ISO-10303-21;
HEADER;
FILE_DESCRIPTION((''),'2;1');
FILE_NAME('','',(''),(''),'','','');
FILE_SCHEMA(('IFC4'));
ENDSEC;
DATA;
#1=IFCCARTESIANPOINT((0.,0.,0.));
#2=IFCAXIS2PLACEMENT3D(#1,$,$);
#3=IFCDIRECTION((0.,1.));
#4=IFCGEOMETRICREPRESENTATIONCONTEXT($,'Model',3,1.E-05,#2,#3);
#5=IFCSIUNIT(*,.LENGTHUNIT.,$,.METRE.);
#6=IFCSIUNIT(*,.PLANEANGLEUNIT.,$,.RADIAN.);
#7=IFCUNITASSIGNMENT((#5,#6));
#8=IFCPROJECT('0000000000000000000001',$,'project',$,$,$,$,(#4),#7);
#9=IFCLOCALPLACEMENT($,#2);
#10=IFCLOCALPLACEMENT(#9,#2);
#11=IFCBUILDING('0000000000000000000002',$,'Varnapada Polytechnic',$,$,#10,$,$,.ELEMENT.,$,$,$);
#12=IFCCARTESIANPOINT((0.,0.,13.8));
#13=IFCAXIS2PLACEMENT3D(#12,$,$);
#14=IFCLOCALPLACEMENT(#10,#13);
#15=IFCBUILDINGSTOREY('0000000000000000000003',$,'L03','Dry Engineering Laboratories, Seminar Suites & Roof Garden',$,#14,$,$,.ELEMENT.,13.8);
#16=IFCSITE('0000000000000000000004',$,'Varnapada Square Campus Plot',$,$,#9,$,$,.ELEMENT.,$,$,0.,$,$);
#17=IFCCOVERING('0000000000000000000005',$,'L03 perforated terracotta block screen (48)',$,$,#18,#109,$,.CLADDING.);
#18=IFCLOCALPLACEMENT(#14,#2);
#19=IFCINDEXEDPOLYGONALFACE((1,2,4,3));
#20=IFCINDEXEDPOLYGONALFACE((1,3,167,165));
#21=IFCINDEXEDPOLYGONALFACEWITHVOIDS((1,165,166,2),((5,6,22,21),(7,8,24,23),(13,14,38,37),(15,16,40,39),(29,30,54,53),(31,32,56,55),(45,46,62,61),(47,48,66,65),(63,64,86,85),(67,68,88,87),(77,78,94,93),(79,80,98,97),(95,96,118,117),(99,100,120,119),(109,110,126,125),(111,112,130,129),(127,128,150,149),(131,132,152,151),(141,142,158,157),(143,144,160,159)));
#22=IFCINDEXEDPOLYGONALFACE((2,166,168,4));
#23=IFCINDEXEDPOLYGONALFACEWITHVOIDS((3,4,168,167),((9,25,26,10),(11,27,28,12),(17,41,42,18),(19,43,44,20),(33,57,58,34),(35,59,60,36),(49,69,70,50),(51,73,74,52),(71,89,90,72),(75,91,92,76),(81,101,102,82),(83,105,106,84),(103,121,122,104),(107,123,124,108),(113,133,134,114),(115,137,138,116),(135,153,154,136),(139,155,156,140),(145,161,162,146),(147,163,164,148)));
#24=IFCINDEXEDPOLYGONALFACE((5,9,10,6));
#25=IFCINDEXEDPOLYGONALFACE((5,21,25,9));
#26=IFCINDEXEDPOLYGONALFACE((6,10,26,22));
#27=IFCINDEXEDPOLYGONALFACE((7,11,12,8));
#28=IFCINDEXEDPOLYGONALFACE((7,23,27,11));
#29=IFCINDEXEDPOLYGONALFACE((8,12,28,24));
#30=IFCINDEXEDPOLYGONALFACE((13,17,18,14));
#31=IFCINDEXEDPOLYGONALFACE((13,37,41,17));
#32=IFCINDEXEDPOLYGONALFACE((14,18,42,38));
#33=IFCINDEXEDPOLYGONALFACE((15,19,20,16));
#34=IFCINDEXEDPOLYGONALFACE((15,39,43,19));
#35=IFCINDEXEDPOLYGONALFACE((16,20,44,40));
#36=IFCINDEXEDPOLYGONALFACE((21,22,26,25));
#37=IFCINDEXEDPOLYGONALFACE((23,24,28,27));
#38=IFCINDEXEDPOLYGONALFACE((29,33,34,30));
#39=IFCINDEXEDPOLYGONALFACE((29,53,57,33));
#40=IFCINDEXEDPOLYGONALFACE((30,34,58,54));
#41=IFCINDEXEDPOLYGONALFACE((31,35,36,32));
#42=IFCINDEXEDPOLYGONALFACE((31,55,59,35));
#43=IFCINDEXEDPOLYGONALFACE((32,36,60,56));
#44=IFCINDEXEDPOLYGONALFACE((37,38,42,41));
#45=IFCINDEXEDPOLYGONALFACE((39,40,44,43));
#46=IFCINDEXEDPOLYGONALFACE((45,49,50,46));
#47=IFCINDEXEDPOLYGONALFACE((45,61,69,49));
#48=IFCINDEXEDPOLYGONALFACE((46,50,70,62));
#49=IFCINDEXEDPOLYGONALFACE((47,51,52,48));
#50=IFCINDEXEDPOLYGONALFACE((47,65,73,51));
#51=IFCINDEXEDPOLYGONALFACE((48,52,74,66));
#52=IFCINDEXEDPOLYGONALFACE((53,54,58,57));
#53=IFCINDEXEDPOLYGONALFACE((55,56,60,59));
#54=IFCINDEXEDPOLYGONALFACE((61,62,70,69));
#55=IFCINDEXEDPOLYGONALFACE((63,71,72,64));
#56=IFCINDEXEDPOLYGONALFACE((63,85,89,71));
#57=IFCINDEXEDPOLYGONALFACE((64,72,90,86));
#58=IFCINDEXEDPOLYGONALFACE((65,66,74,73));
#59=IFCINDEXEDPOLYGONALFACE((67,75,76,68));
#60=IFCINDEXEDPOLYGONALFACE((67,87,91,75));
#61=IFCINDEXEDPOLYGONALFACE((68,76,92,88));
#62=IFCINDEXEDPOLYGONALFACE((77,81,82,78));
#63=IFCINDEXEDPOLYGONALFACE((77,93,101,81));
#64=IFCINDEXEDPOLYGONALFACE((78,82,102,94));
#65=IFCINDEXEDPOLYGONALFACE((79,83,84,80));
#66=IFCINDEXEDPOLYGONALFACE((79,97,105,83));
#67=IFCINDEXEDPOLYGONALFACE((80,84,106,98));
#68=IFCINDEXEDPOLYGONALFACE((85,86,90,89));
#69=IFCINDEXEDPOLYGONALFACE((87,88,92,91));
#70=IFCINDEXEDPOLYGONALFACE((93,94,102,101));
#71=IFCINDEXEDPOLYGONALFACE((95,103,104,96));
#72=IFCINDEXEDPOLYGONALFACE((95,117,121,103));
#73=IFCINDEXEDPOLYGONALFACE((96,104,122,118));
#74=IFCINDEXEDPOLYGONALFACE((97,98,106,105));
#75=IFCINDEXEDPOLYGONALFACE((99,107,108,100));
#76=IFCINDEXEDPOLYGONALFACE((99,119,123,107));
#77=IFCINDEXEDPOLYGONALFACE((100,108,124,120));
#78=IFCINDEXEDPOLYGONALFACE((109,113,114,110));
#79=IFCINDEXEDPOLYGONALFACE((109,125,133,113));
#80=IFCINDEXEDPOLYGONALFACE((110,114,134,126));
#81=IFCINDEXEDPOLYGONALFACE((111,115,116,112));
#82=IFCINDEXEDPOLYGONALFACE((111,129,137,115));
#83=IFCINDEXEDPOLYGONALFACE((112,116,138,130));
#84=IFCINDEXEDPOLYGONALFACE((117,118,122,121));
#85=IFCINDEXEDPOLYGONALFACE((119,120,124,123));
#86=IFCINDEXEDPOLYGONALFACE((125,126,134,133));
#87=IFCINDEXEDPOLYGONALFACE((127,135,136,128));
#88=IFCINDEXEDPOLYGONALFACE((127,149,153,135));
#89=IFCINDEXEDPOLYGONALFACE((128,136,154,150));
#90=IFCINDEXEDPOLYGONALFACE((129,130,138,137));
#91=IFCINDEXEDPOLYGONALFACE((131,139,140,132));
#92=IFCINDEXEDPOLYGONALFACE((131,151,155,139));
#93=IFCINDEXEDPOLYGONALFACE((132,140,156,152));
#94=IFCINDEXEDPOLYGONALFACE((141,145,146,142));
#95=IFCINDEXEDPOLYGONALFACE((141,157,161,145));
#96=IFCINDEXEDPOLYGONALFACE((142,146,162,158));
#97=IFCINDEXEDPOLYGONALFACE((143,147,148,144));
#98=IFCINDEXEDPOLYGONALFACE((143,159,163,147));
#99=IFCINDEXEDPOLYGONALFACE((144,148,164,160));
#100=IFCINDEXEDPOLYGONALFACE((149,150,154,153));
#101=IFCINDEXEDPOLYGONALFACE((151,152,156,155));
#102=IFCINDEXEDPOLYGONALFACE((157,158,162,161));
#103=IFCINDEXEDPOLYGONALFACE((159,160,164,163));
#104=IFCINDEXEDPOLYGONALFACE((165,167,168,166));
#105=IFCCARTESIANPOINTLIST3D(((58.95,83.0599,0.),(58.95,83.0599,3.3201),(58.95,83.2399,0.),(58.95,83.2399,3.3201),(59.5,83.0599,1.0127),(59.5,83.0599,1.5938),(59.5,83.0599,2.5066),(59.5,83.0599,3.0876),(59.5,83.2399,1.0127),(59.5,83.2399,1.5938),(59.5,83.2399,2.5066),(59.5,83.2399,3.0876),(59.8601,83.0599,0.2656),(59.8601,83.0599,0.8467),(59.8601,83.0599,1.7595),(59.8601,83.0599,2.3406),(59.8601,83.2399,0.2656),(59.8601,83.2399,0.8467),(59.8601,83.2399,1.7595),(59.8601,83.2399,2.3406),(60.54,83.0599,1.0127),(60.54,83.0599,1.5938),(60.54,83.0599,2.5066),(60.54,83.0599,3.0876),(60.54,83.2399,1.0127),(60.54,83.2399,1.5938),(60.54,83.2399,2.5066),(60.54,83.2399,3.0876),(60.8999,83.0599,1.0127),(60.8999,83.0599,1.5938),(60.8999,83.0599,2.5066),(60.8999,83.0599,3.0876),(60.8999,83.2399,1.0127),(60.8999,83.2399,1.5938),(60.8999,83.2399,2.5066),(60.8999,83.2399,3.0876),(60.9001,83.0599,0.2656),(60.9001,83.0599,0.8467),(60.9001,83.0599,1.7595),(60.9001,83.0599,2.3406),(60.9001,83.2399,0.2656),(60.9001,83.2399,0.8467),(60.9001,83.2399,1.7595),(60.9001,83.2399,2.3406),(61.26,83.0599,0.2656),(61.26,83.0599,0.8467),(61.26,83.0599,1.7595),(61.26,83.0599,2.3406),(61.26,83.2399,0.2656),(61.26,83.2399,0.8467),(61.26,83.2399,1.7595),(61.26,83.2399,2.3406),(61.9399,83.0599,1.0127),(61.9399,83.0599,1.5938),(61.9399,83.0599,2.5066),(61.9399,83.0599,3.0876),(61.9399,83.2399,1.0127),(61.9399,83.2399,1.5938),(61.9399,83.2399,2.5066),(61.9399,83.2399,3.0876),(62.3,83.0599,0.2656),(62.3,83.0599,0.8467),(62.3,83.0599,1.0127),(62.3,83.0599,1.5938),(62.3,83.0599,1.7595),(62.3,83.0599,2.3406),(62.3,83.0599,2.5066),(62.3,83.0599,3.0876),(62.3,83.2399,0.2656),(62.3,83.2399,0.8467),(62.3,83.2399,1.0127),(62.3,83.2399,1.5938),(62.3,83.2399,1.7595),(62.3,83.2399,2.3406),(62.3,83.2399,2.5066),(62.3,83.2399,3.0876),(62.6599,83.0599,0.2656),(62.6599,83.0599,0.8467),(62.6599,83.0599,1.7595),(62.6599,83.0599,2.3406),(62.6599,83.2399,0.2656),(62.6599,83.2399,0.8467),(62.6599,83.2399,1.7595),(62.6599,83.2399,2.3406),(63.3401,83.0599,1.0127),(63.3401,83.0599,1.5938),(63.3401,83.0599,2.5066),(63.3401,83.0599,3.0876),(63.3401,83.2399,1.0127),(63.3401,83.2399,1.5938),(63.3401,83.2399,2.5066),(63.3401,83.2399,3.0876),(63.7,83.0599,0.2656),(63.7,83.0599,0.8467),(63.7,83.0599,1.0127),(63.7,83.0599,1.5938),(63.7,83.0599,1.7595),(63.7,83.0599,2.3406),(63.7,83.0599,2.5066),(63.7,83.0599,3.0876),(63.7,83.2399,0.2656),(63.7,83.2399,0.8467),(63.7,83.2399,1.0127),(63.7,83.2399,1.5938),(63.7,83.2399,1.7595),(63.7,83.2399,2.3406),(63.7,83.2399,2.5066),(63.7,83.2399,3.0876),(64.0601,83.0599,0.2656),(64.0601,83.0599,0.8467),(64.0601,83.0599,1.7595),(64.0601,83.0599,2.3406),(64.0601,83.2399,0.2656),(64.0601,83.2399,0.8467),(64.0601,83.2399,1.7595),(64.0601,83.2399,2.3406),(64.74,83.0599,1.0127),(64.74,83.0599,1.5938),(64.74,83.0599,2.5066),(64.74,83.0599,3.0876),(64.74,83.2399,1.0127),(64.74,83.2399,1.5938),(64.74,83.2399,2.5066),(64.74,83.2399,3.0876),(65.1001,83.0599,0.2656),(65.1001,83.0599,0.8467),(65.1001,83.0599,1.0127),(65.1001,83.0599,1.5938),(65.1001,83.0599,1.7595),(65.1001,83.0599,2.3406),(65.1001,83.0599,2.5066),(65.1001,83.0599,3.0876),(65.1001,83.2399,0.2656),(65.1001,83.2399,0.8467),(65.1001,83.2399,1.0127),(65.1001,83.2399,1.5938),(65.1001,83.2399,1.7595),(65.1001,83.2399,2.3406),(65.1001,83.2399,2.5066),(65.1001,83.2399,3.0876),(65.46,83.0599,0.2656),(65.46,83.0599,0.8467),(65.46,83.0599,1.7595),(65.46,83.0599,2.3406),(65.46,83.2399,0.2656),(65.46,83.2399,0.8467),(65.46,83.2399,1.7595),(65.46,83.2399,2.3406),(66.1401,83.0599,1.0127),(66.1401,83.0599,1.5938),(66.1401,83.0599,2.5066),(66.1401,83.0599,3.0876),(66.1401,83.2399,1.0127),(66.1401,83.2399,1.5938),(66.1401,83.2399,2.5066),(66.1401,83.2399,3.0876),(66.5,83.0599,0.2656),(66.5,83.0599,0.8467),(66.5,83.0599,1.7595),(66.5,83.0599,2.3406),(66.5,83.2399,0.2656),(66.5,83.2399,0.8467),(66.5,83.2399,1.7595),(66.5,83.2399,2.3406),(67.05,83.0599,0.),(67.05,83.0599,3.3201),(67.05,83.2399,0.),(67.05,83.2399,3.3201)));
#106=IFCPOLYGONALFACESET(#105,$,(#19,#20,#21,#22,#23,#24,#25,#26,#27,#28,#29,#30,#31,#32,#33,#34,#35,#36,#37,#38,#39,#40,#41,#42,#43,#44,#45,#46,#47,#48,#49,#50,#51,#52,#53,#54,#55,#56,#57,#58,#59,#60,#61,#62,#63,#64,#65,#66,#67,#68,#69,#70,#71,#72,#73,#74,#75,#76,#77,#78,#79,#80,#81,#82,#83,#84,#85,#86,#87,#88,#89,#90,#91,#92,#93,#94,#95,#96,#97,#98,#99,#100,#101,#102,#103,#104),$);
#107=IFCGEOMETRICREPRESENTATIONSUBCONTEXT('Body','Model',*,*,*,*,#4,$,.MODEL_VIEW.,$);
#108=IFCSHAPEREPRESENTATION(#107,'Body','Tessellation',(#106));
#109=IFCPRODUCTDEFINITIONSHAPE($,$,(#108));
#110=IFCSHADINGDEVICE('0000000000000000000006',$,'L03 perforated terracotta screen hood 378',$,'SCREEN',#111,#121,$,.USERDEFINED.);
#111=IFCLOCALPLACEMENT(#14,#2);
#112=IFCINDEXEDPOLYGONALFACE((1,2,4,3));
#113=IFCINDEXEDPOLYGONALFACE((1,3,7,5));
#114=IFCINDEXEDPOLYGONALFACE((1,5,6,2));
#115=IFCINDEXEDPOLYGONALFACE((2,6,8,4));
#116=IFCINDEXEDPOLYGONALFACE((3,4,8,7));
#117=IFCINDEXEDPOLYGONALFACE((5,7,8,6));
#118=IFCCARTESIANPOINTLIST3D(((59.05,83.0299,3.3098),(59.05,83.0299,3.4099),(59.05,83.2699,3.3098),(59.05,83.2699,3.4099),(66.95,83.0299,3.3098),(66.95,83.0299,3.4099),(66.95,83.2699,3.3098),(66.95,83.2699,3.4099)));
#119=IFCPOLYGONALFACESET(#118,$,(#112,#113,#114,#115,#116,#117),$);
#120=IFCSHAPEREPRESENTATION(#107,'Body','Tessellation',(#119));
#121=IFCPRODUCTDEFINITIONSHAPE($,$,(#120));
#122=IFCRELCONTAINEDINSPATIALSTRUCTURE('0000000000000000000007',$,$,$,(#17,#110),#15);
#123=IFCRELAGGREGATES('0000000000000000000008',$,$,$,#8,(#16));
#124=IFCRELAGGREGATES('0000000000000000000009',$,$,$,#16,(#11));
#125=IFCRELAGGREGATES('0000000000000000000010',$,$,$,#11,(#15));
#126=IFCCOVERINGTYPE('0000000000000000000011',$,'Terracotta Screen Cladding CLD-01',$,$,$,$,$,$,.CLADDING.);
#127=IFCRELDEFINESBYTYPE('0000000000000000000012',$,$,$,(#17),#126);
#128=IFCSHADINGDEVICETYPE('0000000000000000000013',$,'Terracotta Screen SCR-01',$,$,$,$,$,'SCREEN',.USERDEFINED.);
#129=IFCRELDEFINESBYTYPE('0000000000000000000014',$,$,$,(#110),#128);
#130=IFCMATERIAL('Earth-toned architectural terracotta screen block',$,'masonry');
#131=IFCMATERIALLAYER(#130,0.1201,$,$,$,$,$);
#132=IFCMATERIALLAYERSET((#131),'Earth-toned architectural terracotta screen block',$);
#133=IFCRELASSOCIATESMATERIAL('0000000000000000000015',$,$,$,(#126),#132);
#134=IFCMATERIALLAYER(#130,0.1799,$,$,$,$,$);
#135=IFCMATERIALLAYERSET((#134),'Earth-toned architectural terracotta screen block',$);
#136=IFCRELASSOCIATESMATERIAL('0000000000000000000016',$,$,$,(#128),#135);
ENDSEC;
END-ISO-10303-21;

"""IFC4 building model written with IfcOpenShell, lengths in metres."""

from ifc_helpers import new_model, si_unit, direction, frame, frame_2d, origin, origin_2d, place, context, subcontext, project, spatial, rectangle, extrude, material, layer, layer_set, type_object, element, save


model = new_model("IFC4")

# Units and contexts
model_context = context("Model", 3, precision=1e-05, world=origin(), true_north=direction((0.0, 1.0)))
body_context = subcontext(model_context, "Body", "Model", "MODEL_VIEW")
ifc_project = project(units=[si_unit("LENGTHUNIT", "METRE"), si_unit("PLANEANGLEUNIT", "RADIAN")], contexts=[model_context])

# Site, building, storey
site_placement = place(None, origin())
site = spatial("IfcSite", under=ifc_project, at=site_placement, Name="Varnapada Square Campus Plot", CompositionType="ELEMENT", RefElevation=0.0)
building_placement = place(site_placement, origin())
building = spatial("IfcBuilding", under=site, at=building_placement, Name="Varnapada Polytechnic", CompositionType="ELEMENT")
storey_placement = place(building_placement, frame((0.0, 0.0, 13.8)))
storey = spatial("IfcBuildingStorey", under=building, at=storey_placement, Name="L03", Description="Dry Engineering Laboratories, Seminar Suites & Roof Garden", CompositionType="ELEMENT", Elevation=13.8)

# Covering, openings
ifc_material_1 = material(Name="Earth-toned architectural terracotta screen block", Category="masonry")
ifc_layer_1 = layer(ifc_material_1, 0.1201)
ifc_layer_set_1 = layer_set([ifc_layer_1], Name="Earth-toned architectural terracotta screen block")
covering_type = type_object("IfcCoveringType", Name="Terracotta Screen Cladding CLD-01", PredefinedType="CLADDING", material=ifc_layer_set_1)
covering_placement = place(storey_placement, frame((67.05, 83.1499, 0.0), z_axis=(0.0, 0.0, 1.0), x_axis=(-1.0, 0.0, 0.0)))
covering = element("IfcCovering", 1, at=covering_placement, inside=storey, type_object=covering_type, Name="L03 perforated terracotta block screen (48)", PredefinedType="CLADDING", context=body_context, shape_type="SweptSolid", body=[
    extrude(rectangle(XDim=8.1001, YDim=0.1799, at=frame_2d((4.05, 0.0))), origin(), (0.0, 0.0, 1.0), 3.3201),
])
opening_1_placement = place(covering_placement, frame((0.55, 0.0, 0.2656)))
element("IfcOpeningElement", 2, at=opening_1_placement, cuts=covering, PredefinedType="OPENING", context=body_context, shape_type="SweptSolid", body=[
    extrude(rectangle(XDim=1.04, YDim=0.5811, at=frame_2d((0.52, 0.2905))), frame((0.0, 0.0999, 0.0), z_axis=(0.0, -1.0, 0.0), x_axis=(1.0, 0.0, 0.0)), (0.0, 0.0, 1.0), 0.2),
])
opening_2_placement = place(covering_placement, frame((1.95, 0.0, 0.2656)))
element("IfcOpeningElement", 3, at=opening_2_placement, cuts=covering, PredefinedType="OPENING", context=body_context, shape_type="SweptSolid", body=[
    extrude(rectangle(XDim=1.04, YDim=0.5811, at=frame_2d((0.52, 0.2905))), frame((0.0, 0.0999, 0.0), z_axis=(0.0, -1.0, 0.0), x_axis=(1.0, 0.0, 0.0)), (0.0, 0.0, 1.0), 0.2),
])
opening_3_placement = place(covering_placement, frame((3.3501, 0.0, 0.2656)))
element("IfcOpeningElement", 4, at=opening_3_placement, cuts=covering, PredefinedType="OPENING", context=body_context, shape_type="SweptSolid", body=[
    extrude(rectangle(XDim=1.04, YDim=0.5811, at=frame_2d((0.52, 0.2905))), frame((0.0, 0.0999, 0.0), z_axis=(0.0, -1.0, 0.0), x_axis=(1.0, 0.0, 0.0)), (0.0, 0.0, 1.0), 0.2),
])
opening_4_placement = place(covering_placement, frame((4.75, 0.0, 0.2656)))
element("IfcOpeningElement", 5, at=opening_4_placement, cuts=covering, PredefinedType="OPENING", context=body_context, shape_type="SweptSolid", body=[
    extrude(rectangle(XDim=1.04, YDim=0.5811, at=frame_2d((0.52, 0.2905))), frame((0.0, 0.0999, 0.0), z_axis=(0.0, -1.0, 0.0), x_axis=(1.0, 0.0, 0.0)), (0.0, 0.0, 1.0), 0.2),
])
opening_5_placement = place(covering_placement, frame((6.1499, 0.0, 0.2656)))
element("IfcOpeningElement", 6, at=opening_5_placement, cuts=covering, PredefinedType="OPENING", context=body_context, shape_type="SweptSolid", body=[
    extrude(rectangle(XDim=1.04, YDim=0.5811, at=frame_2d((0.52, 0.2905))), frame((0.0, 0.0999, 0.0), z_axis=(0.0, -1.0, 0.0), x_axis=(1.0, 0.0, 0.0)), (0.0, 0.0, 1.0), 0.2),
])
opening_6_placement = place(covering_placement, frame((0.9099, 0.0, 1.0127)))
element("IfcOpeningElement", 7, at=opening_6_placement, cuts=covering, PredefinedType="OPENING", context=body_context, shape_type="SweptSolid", body=[
    extrude(rectangle(XDim=1.04, YDim=0.5811, at=frame_2d((0.52, 0.2905))), frame((0.0, 0.0999, 0.0), z_axis=(0.0, -1.0, 0.0), x_axis=(1.0, 0.0, 0.0)), (0.0, 0.0, 1.0), 0.2),
])
opening_7_placement = place(covering_placement, frame((2.3101, 0.0, 1.0127)))
element("IfcOpeningElement", 8, at=opening_7_placement, cuts=covering, PredefinedType="OPENING", context=body_context, shape_type="SweptSolid", body=[
    extrude(rectangle(XDim=1.04, YDim=0.5811, at=frame_2d((0.52, 0.2905))), frame((0.0, 0.0999, 0.0), z_axis=(0.0, -1.0, 0.0), x_axis=(1.0, 0.0, 0.0)), (0.0, 0.0, 1.0), 0.2),
])
opening_8_placement = place(covering_placement, frame((3.71, 0.0, 1.0127)))
element("IfcOpeningElement", 9, at=opening_8_placement, cuts=covering, PredefinedType="OPENING", context=body_context, shape_type="SweptSolid", body=[
    extrude(rectangle(XDim=1.04, YDim=0.5811, at=frame_2d((0.52, 0.2905))), frame((0.0, 0.0999, 0.0), z_axis=(0.0, -1.0, 0.0), x_axis=(1.0, 0.0, 0.0)), (0.0, 0.0, 1.0), 0.2),
])
opening_9_placement = place(covering_placement, frame((5.1101, 0.0, 1.0127)))
element("IfcOpeningElement", 10, at=opening_9_placement, cuts=covering, PredefinedType="OPENING", context=body_context, shape_type="SweptSolid", body=[
    extrude(rectangle(XDim=1.04, YDim=0.5811, at=frame_2d((0.52, 0.2905))), frame((0.0, 0.0999, 0.0), z_axis=(0.0, -1.0, 0.0), x_axis=(1.0, 0.0, 0.0)), (0.0, 0.0, 1.0), 0.2),
])
opening_10_placement = place(covering_placement, frame((6.51, 0.0, 1.0127)))
element("IfcOpeningElement", 11, at=opening_10_placement, cuts=covering, PredefinedType="OPENING", context=body_context, shape_type="SweptSolid", body=[
    extrude(rectangle(XDim=1.04, YDim=0.5811, at=frame_2d((0.52, 0.2905))), frame((0.0, 0.0999, 0.0), z_axis=(0.0, -1.0, 0.0), x_axis=(1.0, 0.0, 0.0)), (0.0, 0.0, 1.0), 0.2),
])
opening_11_placement = place(covering_placement, frame((0.55, 0.0, 1.7595)))
element("IfcOpeningElement", 12, at=opening_11_placement, cuts=covering, PredefinedType="OPENING", context=body_context, shape_type="SweptSolid", body=[
    extrude(rectangle(XDim=1.04, YDim=0.5811, at=frame_2d((0.52, 0.2905))), frame((0.0, 0.0999, 0.0), z_axis=(0.0, -1.0, 0.0), x_axis=(1.0, 0.0, 0.0)), (0.0, 0.0, 1.0), 0.2),
])
opening_12_placement = place(covering_placement, frame((1.95, 0.0, 1.7595)))
element("IfcOpeningElement", 13, at=opening_12_placement, cuts=covering, PredefinedType="OPENING", context=body_context, shape_type="SweptSolid", body=[
    extrude(rectangle(XDim=1.04, YDim=0.5811, at=frame_2d((0.52, 0.2905))), frame((0.0, 0.0999, 0.0), z_axis=(0.0, -1.0, 0.0), x_axis=(1.0, 0.0, 0.0)), (0.0, 0.0, 1.0), 0.2),
])
opening_13_placement = place(covering_placement, frame((3.3501, 0.0, 1.7595)))
element("IfcOpeningElement", 14, at=opening_13_placement, cuts=covering, PredefinedType="OPENING", context=body_context, shape_type="SweptSolid", body=[
    extrude(rectangle(XDim=1.04, YDim=0.5811, at=frame_2d((0.52, 0.2905))), frame((0.0, 0.0999, 0.0), z_axis=(0.0, -1.0, 0.0), x_axis=(1.0, 0.0, 0.0)), (0.0, 0.0, 1.0), 0.2),
])
opening_14_placement = place(covering_placement, frame((4.75, 0.0, 1.7595)))
element("IfcOpeningElement", 15, at=opening_14_placement, cuts=covering, PredefinedType="OPENING", context=body_context, shape_type="SweptSolid", body=[
    extrude(rectangle(XDim=1.04, YDim=0.5811, at=frame_2d((0.52, 0.2905))), frame((0.0, 0.0999, 0.0), z_axis=(0.0, -1.0, 0.0), x_axis=(1.0, 0.0, 0.0)), (0.0, 0.0, 1.0), 0.2),
])
opening_15_placement = place(covering_placement, frame((6.1499, 0.0, 1.7595)))
element("IfcOpeningElement", 16, at=opening_15_placement, cuts=covering, PredefinedType="OPENING", context=body_context, shape_type="SweptSolid", body=[
    extrude(rectangle(XDim=1.04, YDim=0.5811, at=frame_2d((0.52, 0.2905))), frame((0.0, 0.0999, 0.0), z_axis=(0.0, -1.0, 0.0), x_axis=(1.0, 0.0, 0.0)), (0.0, 0.0, 1.0), 0.2),
])
opening_16_placement = place(covering_placement, frame((0.9099, 0.0, 2.5066)))
element("IfcOpeningElement", 17, at=opening_16_placement, cuts=covering, PredefinedType="OPENING", context=body_context, shape_type="SweptSolid", body=[
    extrude(rectangle(XDim=1.04, YDim=0.5811, at=frame_2d((0.52, 0.2905))), frame((0.0, 0.0999, 0.0), z_axis=(0.0, -1.0, 0.0), x_axis=(1.0, 0.0, 0.0)), (0.0, 0.0, 1.0), 0.2),
])
opening_17_placement = place(covering_placement, frame((2.3101, 0.0, 2.5066)))
element("IfcOpeningElement", 18, at=opening_17_placement, cuts=covering, PredefinedType="OPENING", context=body_context, shape_type="SweptSolid", body=[
    extrude(rectangle(XDim=1.04, YDim=0.5811, at=frame_2d((0.52, 0.2905))), frame((0.0, 0.0999, 0.0), z_axis=(0.0, -1.0, 0.0), x_axis=(1.0, 0.0, 0.0)), (0.0, 0.0, 1.0), 0.2),
])
opening_18_placement = place(covering_placement, frame((3.71, 0.0, 2.5066)))
element("IfcOpeningElement", 19, at=opening_18_placement, cuts=covering, PredefinedType="OPENING", context=body_context, shape_type="SweptSolid", body=[
    extrude(rectangle(XDim=1.04, YDim=0.5811, at=frame_2d((0.52, 0.2905))), frame((0.0, 0.0999, 0.0), z_axis=(0.0, -1.0, 0.0), x_axis=(1.0, 0.0, 0.0)), (0.0, 0.0, 1.0), 0.2),
])
opening_19_placement = place(covering_placement, frame((5.1101, 0.0, 2.5066)))
element("IfcOpeningElement", 20, at=opening_19_placement, cuts=covering, PredefinedType="OPENING", context=body_context, shape_type="SweptSolid", body=[
    extrude(rectangle(XDim=1.04, YDim=0.5811, at=frame_2d((0.52, 0.2905))), frame((0.0, 0.0999, 0.0), z_axis=(0.0, -1.0, 0.0), x_axis=(1.0, 0.0, 0.0)), (0.0, 0.0, 1.0), 0.2),
])
opening_20_placement = place(covering_placement, frame((6.51, 0.0, 2.5066)))
element("IfcOpeningElement", 21, at=opening_20_placement, cuts=covering, PredefinedType="OPENING", context=body_context, shape_type="SweptSolid", body=[
    extrude(rectangle(XDim=1.04, YDim=0.5811, at=frame_2d((0.52, 0.2905))), frame((0.0, 0.0999, 0.0), z_axis=(0.0, -1.0, 0.0), x_axis=(1.0, 0.0, 0.0)), (0.0, 0.0, 1.0), 0.2),
])

# Shading device
ifc_layer_2 = layer(ifc_material_1, 0.1799)
ifc_layer_set_2 = layer_set([ifc_layer_2], Name="Earth-toned architectural terracotta screen block")
shading_device_type = type_object("IfcShadingDeviceType", Name="Terracotta Screen SCR-01", ElementType="SCREEN", PredefinedType="USERDEFINED", material=ifc_layer_set_2)
shading_device_placement = place(storey_placement, frame((63.0, 83.1499, 3.3098), z_axis=(0.0, 0.0, 1.0), x_axis=(-1.0, 0.0, 0.0)))
element("IfcShadingDevice", 22, at=shading_device_placement, inside=storey, type_object=shading_device_type, Name="L03 perforated terracotta screen hood 378", ObjectType="SCREEN", PredefinedType="USERDEFINED", context=body_context, shape_type="SweptSolid", body=[
    extrude(rectangle(XDim=7.8999, YDim=0.24, at=origin_2d()), origin(), (0.0, 0.0, 1.0), 0.1001),
])

save(model, "model.ifc")
